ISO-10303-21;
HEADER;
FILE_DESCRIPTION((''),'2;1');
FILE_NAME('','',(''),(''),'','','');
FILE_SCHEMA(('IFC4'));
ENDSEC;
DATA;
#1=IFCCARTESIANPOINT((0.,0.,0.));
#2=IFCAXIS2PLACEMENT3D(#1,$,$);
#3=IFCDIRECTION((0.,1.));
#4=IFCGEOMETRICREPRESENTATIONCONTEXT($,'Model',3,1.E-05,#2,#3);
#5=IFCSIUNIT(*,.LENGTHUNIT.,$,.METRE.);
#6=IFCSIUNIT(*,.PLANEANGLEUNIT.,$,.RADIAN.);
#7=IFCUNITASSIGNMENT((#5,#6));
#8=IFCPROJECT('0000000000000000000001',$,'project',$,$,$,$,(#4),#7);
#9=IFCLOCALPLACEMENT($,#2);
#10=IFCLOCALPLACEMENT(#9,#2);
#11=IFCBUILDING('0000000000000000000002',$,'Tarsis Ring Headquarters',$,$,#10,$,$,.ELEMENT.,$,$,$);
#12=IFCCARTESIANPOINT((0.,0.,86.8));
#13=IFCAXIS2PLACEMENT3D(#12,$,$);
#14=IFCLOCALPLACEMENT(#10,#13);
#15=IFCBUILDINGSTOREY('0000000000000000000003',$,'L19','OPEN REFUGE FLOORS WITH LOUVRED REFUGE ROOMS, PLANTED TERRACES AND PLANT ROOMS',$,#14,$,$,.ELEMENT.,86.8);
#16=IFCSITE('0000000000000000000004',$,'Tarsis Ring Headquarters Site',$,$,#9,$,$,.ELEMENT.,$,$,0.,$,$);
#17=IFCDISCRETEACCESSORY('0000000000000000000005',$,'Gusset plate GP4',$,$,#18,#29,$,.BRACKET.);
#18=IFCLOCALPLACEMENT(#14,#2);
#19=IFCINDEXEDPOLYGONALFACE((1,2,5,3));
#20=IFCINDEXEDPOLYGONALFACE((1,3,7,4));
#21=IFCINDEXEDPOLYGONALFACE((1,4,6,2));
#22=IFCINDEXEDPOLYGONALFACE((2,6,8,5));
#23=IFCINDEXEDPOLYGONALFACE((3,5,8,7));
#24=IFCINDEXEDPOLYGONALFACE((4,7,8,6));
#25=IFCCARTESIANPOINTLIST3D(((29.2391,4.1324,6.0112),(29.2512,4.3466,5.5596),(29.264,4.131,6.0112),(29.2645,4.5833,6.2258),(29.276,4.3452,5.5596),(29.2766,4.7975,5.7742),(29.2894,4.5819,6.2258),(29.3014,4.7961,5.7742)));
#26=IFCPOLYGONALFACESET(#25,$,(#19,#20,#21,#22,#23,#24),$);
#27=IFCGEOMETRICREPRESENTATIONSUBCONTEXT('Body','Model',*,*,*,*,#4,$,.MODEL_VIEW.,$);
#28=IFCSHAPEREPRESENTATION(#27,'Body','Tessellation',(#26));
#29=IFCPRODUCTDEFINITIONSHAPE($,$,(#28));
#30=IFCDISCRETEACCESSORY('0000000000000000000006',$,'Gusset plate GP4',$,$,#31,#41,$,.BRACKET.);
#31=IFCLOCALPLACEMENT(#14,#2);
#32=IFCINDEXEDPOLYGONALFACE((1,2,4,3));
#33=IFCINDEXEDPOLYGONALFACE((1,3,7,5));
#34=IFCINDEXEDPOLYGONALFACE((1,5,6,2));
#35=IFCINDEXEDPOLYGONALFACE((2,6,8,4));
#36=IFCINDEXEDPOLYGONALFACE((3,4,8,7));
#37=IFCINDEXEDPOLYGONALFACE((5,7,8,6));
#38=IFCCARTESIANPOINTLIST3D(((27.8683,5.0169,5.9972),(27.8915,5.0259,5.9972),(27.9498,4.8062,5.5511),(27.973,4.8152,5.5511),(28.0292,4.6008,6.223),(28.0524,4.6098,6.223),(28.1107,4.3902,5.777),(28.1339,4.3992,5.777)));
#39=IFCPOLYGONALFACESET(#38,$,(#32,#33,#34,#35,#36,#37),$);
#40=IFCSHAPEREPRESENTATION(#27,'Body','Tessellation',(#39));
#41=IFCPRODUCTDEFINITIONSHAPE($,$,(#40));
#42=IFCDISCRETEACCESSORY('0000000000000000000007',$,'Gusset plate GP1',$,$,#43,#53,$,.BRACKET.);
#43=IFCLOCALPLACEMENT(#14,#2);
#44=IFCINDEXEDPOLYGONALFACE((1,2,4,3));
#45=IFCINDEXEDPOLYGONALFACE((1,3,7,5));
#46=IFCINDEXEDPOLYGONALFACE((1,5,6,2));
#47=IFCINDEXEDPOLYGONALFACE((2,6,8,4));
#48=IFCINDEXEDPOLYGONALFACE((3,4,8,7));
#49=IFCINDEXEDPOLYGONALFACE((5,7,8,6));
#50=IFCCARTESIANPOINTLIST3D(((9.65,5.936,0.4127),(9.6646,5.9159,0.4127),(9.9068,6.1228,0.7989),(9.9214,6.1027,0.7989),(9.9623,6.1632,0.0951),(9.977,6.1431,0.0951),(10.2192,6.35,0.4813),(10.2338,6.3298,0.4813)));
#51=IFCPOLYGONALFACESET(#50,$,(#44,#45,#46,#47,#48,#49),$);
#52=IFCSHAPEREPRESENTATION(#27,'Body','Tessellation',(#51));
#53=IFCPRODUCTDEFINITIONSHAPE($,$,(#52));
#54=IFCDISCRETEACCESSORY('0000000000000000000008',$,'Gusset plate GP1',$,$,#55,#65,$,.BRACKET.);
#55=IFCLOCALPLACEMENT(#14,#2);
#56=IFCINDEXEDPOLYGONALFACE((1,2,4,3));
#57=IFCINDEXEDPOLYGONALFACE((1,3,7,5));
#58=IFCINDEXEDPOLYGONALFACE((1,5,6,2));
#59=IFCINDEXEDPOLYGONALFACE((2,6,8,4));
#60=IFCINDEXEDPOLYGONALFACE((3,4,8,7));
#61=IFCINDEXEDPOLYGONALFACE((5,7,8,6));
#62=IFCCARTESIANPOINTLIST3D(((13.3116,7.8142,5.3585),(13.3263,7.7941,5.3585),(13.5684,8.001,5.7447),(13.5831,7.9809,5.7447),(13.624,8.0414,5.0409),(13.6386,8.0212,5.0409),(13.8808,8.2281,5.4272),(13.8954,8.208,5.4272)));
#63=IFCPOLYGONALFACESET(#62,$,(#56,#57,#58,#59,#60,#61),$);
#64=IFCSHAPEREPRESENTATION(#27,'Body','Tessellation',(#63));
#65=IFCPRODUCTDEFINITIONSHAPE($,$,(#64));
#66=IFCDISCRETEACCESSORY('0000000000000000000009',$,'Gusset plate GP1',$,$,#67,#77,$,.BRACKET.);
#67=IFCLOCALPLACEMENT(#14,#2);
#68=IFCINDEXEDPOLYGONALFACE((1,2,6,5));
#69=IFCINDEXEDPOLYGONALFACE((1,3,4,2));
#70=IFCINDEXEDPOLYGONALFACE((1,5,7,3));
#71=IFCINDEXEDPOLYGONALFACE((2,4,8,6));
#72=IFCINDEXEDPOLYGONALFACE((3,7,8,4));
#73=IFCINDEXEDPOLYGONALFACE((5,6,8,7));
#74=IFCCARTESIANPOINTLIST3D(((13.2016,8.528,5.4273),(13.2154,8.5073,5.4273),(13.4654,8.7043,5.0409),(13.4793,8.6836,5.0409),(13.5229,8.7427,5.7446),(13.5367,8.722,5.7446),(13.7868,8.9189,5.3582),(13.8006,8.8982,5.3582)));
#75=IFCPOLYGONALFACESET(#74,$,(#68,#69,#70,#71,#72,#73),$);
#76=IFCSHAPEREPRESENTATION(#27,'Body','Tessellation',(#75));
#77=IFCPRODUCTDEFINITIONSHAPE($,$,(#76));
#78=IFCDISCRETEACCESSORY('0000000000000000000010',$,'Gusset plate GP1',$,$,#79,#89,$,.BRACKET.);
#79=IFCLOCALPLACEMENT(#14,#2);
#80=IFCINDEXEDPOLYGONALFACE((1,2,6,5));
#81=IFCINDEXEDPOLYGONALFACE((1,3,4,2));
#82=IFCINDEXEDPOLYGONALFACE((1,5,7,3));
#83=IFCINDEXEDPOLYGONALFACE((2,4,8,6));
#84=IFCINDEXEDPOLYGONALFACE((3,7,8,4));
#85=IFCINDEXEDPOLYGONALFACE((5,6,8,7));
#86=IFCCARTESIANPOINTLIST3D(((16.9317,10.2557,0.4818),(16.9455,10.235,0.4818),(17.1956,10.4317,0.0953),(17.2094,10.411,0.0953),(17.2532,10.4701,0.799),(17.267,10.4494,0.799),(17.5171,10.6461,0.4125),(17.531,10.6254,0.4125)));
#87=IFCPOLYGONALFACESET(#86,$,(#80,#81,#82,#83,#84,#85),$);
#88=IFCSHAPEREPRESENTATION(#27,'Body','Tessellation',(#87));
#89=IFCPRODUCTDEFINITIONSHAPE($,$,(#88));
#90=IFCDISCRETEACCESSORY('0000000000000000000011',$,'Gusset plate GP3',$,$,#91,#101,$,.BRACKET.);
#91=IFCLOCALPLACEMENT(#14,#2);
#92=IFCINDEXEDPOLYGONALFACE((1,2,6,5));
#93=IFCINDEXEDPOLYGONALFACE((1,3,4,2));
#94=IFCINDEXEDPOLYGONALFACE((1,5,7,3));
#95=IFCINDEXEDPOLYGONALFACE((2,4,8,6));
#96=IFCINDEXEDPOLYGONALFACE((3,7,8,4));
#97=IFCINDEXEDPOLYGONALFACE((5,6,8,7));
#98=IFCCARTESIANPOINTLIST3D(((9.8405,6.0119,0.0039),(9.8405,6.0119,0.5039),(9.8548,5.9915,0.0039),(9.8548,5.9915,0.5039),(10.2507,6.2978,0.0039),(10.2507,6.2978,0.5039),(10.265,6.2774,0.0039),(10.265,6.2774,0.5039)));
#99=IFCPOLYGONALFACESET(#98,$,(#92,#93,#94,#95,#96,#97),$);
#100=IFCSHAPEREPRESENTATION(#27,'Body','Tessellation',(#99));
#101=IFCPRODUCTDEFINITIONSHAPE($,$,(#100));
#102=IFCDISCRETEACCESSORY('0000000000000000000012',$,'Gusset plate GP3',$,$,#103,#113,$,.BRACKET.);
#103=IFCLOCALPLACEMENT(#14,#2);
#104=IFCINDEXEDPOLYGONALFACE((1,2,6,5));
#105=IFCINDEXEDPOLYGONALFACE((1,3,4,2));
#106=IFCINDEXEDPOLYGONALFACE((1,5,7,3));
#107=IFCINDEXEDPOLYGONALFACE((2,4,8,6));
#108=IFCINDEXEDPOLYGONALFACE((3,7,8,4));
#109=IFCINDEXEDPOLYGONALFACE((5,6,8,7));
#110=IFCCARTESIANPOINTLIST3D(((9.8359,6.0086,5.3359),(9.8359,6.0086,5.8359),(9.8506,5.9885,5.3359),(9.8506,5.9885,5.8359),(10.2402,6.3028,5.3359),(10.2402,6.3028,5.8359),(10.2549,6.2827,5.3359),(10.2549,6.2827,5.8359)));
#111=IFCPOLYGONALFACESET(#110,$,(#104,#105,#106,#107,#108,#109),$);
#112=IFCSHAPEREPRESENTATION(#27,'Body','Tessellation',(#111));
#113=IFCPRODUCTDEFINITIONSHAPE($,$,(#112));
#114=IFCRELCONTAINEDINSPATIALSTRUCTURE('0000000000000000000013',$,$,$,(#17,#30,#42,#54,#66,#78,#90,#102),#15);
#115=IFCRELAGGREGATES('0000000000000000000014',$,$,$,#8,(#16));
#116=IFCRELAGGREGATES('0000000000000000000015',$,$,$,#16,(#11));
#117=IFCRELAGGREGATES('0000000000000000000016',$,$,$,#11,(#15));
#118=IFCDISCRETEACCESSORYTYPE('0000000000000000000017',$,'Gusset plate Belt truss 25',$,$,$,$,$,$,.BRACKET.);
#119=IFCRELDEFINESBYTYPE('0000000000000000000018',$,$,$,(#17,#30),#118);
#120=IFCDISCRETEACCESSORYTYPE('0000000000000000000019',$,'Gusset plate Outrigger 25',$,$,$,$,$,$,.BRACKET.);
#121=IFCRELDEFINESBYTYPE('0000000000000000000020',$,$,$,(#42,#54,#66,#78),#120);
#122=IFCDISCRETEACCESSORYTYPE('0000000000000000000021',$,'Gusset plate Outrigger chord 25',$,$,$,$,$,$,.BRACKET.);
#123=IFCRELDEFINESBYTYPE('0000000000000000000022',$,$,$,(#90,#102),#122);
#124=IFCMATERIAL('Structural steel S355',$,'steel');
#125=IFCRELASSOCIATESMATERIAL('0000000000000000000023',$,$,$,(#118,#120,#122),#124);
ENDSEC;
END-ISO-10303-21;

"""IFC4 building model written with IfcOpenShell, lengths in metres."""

from ifc_helpers import new_model, si_unit, direction, frame, origin, origin_2d, place, context, subcontext, project, spatial, rectangle, extrude, material, material_profile, profile_set, type_object, element, save


model = new_model("IFC4")

# Units and contexts
model_context = context("Model", 3, precision=1e-05, world=origin(), true_north=direction((0.0, 1.0)))
body_context = subcontext(model_context, "Body", "Model", "MODEL_VIEW")
ifc_project = project(units=[si_unit("LENGTHUNIT", "METRE"), si_unit("PLANEANGLEUNIT", "RADIAN")], contexts=[model_context])

# Site, building, storey
site_placement = place(None, origin())
site = spatial("IfcSite", under=ifc_project, at=site_placement, Name="Tarsis Ring Headquarters Site", CompositionType="ELEMENT", RefElevation=0.0)
building_placement = place(site_placement, origin())
building = spatial("IfcBuilding", under=site, at=building_placement, Name="Tarsis Ring Headquarters", CompositionType="ELEMENT")
storey_placement = place(building_placement, frame((0.0, 0.0, 86.8)))
storey = spatial("IfcBuildingStorey", under=building, at=storey_placement, Name="L19", Description="OPEN REFUGE FLOORS WITH LOUVRED REFUGE ROOMS, PLANTED TERRACES AND PLANT ROOMS", CompositionType="ELEMENT", Elevation=86.8)

# Shared definitions
ifc_material_1 = material(Name="Structural steel S355", Category="steel")

# Discrete accessories
ifc_material_profile_1 = material_profile(ifc_material_1, rectangle(XDim=0.0249, YDim=0.5, at=origin_2d()), Name="PL 25x500")
ifc_profile_set_1 = profile_set([ifc_material_profile_1], Name="Structural steel S355")
discrete_accessory_type_1 = type_object("IfcDiscreteAccessoryType", Name="Gusset plate Belt truss 25", PredefinedType="BRACKET", material=ifc_profile_set_1)
for number, where, z_axis, x_axis, name in (
    (1, (29.283, 4.6897, 6.0), (-0.050778, -0.901795, -0.42917), (0.998418, -0.056218, 0.0), "Gusset plate GP4"),
    (2, (28.0815, 4.5, 6.0), (-0.321807, 0.832109, -0.451702), (-0.932681, -0.360702, 0.0), "Gusset plate GP4"),
):
    element("IfcDiscreteAccessory", number, at=place(storey_placement, frame(where, z_axis=z_axis, x_axis=x_axis)), inside=storey, type_object=discrete_accessory_type_1, Name=name, PredefinedType="BRACKET", context=body_context, shape_type="SweptSolid", body=[
        extrude(rectangle(XDim=0.0249, YDim=0.5, at=origin_2d()), origin(), (0.0, 0.0, 1.0), 0.5),
    ])
discrete_accessory_type_2 = type_object("IfcDiscreteAccessoryType", Name="Gusset plate Outrigger 25", PredefinedType="BRACKET", material=ifc_profile_set_1)
for number, where, z_axis, x_axis, name in (
    (3, (9.8135, 6.0396, 0.2539), (0.513651, 0.37352, 0.772429), (-0.588126, 0.808769, 0.0), "Gusset plate GP1"),
    (4, (13.7319, 8.1045, 5.5859), (-0.513651, -0.37352, -0.772429), (0.588126, -0.808769, 0.0), "Gusset plate GP1"),
    (5, (13.3691, 8.625, 5.5859), (0.527742, 0.352479, -0.772817), (-0.55541, 0.831577, 0.0), "Gusset plate GP1"),
    (6, (17.3633, 10.5286, 0.2539), (-0.527833, -0.352051, 0.77295), (0.554878, -0.831932, 0.0), "Gusset plate GP1"),
):
    element("IfcDiscreteAccessory", number, at=place(storey_placement, frame(where, z_axis=z_axis, x_axis=x_axis)), inside=storey, type_object=discrete_accessory_type_2, Name=name, PredefinedType="BRACKET", context=body_context, shape_type="SweptSolid", body=[
        extrude(rectangle(XDim=0.0249, YDim=0.5, at=origin_2d()), origin(), (0.0, 0.0, 1.0), 0.5),
    ])
discrete_accessory_type_3 = type_object("IfcDiscreteAccessoryType", Name="Gusset plate Outrigger chord 25", PredefinedType="BRACKET", material=ifc_profile_set_1)
for number, where, z_axis, x_axis, name in (
    (7, (9.8477, 6.0017, 0.2539), (0.820377, 0.571823, 0.0), (-0.571823, 0.820377, 0.0), "Gusset plate GP3"),
    (8, (9.8433, 5.9985, 5.5859), (0.808588, 0.588375, 0.0), (-0.588375, 0.808588, 0.0), "Gusset plate GP3"),
):
    element("IfcDiscreteAccessory", number, at=place(storey_placement, frame(where, z_axis=z_axis, x_axis=x_axis)), inside=storey, type_object=discrete_accessory_type_3, Name=name, PredefinedType="BRACKET", context=body_context, shape_type="SweptSolid", body=[
        extrude(rectangle(XDim=0.0249, YDim=0.5, at=origin_2d()), origin(), (0.0, 0.0, 1.0), 0.5),
    ])

save(model, "model.ifc")
